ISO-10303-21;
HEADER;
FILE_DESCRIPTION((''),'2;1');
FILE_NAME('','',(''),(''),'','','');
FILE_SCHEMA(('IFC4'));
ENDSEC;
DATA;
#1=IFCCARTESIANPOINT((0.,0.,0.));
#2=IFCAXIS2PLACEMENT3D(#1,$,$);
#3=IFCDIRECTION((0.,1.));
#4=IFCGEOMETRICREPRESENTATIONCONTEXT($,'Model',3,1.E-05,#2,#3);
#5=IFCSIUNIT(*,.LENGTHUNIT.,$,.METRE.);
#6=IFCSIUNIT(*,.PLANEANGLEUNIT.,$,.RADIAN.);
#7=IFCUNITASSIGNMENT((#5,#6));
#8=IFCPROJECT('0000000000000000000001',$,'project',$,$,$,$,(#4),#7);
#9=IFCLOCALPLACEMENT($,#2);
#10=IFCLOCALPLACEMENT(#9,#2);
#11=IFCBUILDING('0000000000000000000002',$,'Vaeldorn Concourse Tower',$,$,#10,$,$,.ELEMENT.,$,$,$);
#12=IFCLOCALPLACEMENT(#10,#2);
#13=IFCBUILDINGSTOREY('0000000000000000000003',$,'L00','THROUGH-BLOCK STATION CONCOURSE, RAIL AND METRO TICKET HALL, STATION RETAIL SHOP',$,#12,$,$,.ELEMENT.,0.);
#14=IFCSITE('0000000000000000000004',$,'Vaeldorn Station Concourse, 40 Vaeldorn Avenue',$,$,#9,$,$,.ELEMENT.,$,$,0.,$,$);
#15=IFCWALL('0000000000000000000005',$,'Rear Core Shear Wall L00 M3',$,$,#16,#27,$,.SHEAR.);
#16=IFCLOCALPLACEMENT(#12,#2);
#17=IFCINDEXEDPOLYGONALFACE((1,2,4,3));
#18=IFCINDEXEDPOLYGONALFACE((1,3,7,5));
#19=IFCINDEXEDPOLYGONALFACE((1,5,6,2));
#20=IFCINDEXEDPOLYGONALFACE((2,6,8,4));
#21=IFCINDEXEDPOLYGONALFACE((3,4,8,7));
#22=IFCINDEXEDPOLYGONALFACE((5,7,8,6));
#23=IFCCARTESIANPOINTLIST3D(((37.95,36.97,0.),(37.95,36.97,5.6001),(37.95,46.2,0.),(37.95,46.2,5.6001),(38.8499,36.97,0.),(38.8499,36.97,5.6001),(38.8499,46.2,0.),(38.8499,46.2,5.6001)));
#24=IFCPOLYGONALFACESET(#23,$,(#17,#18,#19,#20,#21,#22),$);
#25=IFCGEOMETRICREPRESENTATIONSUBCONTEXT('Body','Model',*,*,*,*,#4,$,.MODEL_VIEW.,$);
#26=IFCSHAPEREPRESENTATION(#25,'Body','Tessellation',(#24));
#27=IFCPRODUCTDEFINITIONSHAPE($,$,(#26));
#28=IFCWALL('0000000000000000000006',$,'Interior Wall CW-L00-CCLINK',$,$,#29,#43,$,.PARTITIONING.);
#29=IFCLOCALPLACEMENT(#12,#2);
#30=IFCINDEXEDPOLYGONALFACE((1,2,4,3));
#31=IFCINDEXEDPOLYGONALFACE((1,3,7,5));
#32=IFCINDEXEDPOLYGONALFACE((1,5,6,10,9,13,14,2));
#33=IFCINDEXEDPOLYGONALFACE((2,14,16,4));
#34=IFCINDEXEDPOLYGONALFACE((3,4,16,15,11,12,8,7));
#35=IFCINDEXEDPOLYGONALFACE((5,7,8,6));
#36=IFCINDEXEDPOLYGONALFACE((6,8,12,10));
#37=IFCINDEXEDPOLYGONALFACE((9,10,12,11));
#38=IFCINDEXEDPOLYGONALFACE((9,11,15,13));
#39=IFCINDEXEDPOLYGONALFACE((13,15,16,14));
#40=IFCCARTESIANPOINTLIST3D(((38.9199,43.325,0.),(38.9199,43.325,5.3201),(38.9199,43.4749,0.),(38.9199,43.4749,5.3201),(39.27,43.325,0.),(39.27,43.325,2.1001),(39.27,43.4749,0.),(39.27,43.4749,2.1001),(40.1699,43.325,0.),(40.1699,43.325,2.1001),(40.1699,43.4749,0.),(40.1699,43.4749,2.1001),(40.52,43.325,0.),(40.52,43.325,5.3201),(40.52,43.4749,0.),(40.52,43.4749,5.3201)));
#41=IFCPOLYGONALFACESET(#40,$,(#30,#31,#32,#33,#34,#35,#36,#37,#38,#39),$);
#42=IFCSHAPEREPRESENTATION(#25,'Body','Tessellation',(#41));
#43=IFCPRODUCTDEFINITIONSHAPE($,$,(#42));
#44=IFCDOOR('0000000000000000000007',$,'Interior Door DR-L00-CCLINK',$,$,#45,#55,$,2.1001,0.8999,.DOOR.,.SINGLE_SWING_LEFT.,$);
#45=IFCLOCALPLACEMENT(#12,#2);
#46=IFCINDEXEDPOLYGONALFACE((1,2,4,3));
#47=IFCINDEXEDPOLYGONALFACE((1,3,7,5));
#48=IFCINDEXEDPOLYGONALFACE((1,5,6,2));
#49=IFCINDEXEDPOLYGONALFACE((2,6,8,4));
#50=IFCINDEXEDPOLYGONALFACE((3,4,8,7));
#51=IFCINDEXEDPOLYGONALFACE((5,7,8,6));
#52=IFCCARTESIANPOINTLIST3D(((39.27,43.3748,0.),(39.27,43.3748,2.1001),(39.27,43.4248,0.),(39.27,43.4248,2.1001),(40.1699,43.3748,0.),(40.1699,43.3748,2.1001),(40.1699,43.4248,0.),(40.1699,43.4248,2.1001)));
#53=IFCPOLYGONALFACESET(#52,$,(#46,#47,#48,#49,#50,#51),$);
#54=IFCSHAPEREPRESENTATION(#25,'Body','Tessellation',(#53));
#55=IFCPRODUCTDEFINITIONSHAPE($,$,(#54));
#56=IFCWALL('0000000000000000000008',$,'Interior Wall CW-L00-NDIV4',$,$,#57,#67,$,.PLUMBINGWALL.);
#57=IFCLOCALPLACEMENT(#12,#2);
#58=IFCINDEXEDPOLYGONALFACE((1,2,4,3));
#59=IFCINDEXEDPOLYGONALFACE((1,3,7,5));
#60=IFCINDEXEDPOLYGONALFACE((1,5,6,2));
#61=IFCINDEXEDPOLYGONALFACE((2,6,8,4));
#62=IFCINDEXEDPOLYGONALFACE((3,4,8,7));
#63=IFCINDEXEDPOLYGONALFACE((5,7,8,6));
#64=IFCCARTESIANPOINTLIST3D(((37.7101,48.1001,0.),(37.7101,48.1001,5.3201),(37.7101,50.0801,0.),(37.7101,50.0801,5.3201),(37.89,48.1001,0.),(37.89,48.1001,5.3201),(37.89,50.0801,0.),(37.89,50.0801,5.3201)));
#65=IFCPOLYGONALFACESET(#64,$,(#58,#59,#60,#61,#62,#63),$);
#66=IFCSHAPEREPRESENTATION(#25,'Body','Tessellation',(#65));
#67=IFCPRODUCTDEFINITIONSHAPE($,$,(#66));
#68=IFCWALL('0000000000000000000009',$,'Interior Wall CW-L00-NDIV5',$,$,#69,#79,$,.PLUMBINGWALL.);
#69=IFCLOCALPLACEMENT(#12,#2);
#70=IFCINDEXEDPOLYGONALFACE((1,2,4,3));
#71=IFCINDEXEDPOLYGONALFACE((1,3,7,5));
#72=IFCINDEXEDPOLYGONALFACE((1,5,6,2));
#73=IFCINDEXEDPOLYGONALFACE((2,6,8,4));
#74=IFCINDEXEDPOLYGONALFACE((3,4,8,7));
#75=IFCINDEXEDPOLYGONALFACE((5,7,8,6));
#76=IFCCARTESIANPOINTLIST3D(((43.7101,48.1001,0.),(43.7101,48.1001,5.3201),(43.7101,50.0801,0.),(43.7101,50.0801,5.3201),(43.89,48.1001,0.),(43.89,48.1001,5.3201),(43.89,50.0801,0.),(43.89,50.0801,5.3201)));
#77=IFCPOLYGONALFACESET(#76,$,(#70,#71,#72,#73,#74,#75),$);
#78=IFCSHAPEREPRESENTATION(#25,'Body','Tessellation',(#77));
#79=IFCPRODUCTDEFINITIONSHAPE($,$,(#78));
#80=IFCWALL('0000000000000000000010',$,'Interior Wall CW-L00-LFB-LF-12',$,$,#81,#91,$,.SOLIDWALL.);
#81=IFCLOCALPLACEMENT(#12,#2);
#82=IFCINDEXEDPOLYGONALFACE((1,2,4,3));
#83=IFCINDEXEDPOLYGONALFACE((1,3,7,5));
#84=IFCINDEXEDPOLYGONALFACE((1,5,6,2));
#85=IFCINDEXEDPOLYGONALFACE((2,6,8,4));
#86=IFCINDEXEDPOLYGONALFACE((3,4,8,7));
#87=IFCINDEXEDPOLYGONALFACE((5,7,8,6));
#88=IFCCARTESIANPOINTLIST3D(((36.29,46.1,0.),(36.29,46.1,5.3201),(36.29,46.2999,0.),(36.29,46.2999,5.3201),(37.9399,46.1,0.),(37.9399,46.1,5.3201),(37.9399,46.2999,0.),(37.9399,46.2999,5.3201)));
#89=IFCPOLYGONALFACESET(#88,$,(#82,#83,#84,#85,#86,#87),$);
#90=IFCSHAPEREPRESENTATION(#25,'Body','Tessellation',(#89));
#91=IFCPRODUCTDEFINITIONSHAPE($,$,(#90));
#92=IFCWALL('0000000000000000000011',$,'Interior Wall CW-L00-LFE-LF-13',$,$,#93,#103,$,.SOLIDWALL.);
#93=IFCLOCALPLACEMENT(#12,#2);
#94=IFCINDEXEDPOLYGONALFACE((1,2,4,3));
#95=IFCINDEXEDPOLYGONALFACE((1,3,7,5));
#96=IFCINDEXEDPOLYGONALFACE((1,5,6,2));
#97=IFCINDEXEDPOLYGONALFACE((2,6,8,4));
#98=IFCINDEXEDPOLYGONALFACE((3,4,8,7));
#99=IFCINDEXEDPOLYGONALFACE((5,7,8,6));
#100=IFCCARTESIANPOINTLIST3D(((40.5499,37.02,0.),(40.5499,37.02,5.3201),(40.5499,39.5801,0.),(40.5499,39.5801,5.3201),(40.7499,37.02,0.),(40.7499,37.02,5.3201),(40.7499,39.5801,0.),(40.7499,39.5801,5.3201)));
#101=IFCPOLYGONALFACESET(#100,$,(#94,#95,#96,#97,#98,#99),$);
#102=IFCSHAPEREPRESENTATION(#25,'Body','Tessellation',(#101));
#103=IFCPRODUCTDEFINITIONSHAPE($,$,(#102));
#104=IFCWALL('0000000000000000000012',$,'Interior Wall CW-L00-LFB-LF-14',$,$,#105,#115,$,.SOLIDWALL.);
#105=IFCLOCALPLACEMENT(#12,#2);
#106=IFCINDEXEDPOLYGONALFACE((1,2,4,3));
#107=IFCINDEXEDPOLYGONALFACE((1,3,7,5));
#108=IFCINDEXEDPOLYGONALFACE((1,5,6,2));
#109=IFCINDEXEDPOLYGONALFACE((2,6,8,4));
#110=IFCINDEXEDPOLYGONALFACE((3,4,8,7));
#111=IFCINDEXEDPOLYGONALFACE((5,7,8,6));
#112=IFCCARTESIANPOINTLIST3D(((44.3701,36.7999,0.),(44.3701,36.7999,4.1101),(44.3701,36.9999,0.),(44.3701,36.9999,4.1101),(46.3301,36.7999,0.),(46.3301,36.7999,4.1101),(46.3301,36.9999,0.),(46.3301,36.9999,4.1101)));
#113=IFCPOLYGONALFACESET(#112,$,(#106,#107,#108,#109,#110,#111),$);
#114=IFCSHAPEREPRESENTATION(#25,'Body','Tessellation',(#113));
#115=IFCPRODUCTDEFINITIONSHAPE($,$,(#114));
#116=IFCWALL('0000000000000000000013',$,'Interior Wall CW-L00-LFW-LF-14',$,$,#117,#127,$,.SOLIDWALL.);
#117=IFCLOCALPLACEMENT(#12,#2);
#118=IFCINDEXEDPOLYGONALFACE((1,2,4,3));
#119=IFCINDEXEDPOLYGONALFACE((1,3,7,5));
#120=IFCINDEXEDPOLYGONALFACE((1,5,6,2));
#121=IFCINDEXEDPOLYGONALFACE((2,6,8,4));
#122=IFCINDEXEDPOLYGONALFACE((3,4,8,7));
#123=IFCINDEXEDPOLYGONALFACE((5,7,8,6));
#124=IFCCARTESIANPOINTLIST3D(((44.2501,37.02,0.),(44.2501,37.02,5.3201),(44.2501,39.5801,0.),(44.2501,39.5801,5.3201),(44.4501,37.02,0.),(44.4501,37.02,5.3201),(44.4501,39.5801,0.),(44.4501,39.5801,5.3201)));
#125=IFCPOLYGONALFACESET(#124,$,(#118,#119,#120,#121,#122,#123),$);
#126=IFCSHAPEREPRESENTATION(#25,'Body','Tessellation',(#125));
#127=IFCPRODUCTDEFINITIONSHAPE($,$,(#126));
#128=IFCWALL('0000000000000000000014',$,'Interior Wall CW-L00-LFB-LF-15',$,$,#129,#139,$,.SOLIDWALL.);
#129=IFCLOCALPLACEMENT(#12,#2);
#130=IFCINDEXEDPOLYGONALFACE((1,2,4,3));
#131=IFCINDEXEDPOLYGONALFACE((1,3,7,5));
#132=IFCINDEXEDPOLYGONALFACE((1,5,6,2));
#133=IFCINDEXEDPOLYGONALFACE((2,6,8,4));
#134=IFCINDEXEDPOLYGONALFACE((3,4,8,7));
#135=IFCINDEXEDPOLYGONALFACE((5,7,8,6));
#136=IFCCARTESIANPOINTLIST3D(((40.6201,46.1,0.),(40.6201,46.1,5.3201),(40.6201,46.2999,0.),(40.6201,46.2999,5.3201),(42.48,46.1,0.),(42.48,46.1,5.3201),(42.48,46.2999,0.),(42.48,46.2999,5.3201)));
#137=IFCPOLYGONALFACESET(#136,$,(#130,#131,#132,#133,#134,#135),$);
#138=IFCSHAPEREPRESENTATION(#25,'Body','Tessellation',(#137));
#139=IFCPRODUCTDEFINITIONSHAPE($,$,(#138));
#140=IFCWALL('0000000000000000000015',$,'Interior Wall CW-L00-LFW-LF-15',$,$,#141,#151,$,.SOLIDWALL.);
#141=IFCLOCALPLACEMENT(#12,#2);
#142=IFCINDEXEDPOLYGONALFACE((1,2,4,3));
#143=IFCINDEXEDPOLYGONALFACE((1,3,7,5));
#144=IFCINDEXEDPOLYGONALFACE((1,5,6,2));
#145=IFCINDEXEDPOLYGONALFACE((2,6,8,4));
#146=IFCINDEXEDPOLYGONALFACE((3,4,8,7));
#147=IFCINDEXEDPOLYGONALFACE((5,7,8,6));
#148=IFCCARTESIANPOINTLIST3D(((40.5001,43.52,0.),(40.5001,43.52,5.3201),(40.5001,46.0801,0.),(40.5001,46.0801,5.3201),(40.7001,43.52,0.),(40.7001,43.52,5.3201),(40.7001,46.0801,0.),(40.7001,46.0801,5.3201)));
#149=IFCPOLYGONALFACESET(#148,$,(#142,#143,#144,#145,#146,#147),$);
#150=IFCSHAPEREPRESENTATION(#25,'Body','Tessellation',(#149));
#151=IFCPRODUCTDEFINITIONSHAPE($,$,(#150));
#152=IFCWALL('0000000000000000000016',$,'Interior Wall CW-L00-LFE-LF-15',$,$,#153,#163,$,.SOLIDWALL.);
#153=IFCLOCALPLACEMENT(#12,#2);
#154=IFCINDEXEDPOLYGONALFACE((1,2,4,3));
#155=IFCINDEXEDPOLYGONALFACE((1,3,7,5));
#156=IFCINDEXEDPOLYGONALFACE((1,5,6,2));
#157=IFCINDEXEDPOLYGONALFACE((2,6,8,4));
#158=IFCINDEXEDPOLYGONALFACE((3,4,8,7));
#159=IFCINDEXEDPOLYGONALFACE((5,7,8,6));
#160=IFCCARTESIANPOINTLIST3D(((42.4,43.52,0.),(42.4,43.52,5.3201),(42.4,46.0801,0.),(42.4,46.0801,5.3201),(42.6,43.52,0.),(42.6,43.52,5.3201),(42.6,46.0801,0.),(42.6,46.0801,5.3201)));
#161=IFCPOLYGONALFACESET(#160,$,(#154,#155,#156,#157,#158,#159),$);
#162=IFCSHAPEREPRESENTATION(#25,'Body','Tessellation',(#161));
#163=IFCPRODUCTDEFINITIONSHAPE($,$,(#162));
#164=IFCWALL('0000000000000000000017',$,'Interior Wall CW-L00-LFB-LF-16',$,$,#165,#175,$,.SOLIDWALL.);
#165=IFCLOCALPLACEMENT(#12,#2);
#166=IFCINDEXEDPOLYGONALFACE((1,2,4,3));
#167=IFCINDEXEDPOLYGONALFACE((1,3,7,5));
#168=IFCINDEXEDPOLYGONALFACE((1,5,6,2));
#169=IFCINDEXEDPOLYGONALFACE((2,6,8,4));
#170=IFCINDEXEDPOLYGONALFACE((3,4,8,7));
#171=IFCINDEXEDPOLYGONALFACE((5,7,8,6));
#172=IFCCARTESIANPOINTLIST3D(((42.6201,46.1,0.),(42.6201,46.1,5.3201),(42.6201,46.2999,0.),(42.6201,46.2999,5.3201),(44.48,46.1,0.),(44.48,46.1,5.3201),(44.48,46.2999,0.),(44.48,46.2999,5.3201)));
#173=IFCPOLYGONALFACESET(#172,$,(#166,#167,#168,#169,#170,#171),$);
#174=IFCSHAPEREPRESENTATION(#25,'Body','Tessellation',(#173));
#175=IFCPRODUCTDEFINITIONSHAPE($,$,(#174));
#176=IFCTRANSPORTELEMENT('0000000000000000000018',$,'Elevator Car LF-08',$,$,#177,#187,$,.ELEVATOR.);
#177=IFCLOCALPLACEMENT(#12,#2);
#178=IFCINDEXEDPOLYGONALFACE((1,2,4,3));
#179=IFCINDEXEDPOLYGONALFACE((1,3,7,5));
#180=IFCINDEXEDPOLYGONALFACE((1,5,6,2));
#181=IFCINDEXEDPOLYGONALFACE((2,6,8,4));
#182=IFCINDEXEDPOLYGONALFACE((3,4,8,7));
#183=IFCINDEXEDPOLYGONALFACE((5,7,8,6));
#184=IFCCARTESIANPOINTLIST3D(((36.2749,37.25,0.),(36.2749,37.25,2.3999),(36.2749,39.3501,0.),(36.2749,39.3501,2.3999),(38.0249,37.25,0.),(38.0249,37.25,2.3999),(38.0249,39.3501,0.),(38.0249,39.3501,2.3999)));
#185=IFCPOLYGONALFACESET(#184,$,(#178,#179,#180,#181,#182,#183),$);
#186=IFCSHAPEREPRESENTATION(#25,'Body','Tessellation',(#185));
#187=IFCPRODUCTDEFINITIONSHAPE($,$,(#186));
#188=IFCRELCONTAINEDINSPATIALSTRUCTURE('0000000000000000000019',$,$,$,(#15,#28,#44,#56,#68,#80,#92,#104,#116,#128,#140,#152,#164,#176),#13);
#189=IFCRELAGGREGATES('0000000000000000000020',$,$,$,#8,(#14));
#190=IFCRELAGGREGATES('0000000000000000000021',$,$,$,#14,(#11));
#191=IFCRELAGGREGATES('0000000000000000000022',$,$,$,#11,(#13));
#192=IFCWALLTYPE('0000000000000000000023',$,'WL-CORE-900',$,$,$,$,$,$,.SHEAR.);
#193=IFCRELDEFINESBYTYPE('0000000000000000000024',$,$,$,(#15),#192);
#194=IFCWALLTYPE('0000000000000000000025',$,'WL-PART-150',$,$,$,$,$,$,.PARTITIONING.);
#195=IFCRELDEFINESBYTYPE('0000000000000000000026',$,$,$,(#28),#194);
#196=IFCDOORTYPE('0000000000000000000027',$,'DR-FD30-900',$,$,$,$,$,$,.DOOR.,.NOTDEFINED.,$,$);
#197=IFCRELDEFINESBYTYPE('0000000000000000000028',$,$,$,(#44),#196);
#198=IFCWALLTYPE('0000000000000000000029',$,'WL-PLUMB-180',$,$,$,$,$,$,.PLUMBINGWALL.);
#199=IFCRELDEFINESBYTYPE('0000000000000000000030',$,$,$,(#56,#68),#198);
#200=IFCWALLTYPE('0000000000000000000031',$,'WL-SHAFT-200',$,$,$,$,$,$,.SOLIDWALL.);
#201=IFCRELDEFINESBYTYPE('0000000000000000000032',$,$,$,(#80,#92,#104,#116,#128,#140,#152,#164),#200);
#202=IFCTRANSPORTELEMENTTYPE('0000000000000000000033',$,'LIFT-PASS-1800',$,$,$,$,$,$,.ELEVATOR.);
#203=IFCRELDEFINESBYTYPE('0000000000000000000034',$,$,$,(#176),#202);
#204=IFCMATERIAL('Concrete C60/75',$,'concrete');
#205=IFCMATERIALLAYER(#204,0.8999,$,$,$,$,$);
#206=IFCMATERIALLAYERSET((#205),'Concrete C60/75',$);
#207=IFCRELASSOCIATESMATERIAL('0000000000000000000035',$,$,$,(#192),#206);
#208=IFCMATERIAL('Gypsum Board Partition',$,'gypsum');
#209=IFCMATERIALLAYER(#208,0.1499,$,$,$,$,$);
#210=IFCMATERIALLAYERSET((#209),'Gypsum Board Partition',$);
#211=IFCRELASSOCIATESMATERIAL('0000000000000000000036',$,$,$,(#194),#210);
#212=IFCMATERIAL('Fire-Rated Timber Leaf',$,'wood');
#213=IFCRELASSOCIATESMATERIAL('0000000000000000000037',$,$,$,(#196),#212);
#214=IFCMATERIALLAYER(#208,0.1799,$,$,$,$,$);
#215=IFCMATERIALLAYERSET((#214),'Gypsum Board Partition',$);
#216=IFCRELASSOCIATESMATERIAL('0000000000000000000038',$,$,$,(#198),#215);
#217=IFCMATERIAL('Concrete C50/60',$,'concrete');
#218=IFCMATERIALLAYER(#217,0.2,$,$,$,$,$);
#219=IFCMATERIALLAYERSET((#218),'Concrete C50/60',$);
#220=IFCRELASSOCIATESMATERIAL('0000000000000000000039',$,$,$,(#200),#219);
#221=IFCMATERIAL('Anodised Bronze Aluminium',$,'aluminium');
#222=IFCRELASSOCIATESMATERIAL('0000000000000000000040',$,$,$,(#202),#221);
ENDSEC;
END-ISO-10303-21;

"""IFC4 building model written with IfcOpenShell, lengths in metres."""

from ifc_helpers import new_model, si_unit, direction, frame, frame_2d, origin, origin_2d, place, context, subcontext, project, spatial, rectangle, extrude, source, transform, mapped, material, layer, layer_set, type_object, element, fill, save


model = new_model("IFC4")

# Units and contexts
model_context = context("Model", 3, precision=1e-05, world=origin(), true_north=direction((0.0, 1.0)))
body_context = subcontext(model_context, "Body", "Model", "MODEL_VIEW")
ifc_project = project(units=[si_unit("LENGTHUNIT", "METRE"), si_unit("PLANEANGLEUNIT", "RADIAN")], contexts=[model_context])

# Site, building, storey
site_placement = place(None, origin())
site = spatial("IfcSite", under=ifc_project, at=site_placement, Name="Vaeldorn Station Concourse, 40 Vaeldorn Avenue", CompositionType="ELEMENT", RefElevation=0.0)
building_placement = place(site_placement, origin())
building = spatial("IfcBuilding", under=site, at=building_placement, Name="Vaeldorn Concourse Tower", CompositionType="ELEMENT")
storey_placement = place(building_placement, origin())
storey = spatial("IfcBuildingStorey", under=building, at=storey_placement, Name="L00", Description="THROUGH-BLOCK STATION CONCOURSE, RAIL AND METRO TICKET HALL, STATION RETAIL SHOP", CompositionType="ELEMENT", Elevation=0.0)

# Wall
ifc_material_1 = material(Name="Concrete C60/75", Category="concrete")
ifc_layer_1 = layer(ifc_material_1, 0.8999)
ifc_layer_set_1 = layer_set([ifc_layer_1], Name="Concrete C60/75")
wall_type_1 = type_object("IfcWallType", Name="WL-CORE-900", PredefinedType="SHEAR", material=ifc_layer_set_1)
wall_1_placement = place(storey_placement, frame((38.3999, 36.97, 0.0), z_axis=(0.0, 0.0, 1.0), x_axis=(0.0, 1.0, 0.0)))
element("IfcWall", 1, at=wall_1_placement, inside=storey, type_object=wall_type_1, Name="Rear Core Shear Wall L00 M3", PredefinedType="SHEAR", context=body_context, shape_type="SweptSolid", body=[
    extrude(rectangle(XDim=9.23, YDim=0.8999, at=frame_2d((4.615, 0.0))), origin(), (0.0, 0.0, 1.0), 5.6001),
])

# Wall, opening, door
ifc_material_2 = material(Name="Gypsum Board Partition", Category="gypsum")
ifc_layer_2 = layer(ifc_material_2, 0.1499)
ifc_layer_set_2 = layer_set([ifc_layer_2], Name="Gypsum Board Partition")
wall_type_2 = type_object("IfcWallType", Name="WL-PART-150", PredefinedType="PARTITIONING", material=ifc_layer_set_2)
wall_2_placement = place(storey_placement, frame((38.9199, 43.3999, 0.0), z_axis=(0.0, 0.0, 1.0), x_axis=(1.0, 0.0, 0.0)))
wall_2 = element("IfcWall", 2, at=wall_2_placement, inside=storey, type_object=wall_type_2, Name="Interior Wall CW-L00-CCLINK", PredefinedType="PARTITIONING", context=body_context, shape_type="SweptSolid", body=[
    extrude(rectangle(XDim=1.6001, YDim=0.1499, at=frame_2d((0.8, 0.0))), origin(), (0.0, 0.0, 1.0), 5.3201),
])
opening_1_placement = place(wall_2_placement, frame((0.3501, 0.0, 0.0)))
opening_1 = element("IfcOpeningElement", 3, at=opening_1_placement, cuts=wall_2, PredefinedType="OPENING", context=body_context, shape_type="SweptSolid", body=[
    extrude(rectangle(XDim=0.8999, YDim=2.1001, at=frame_2d((0.45, 1.05))), frame((0.0, 0.085, 0.0), z_axis=(0.0, -1.0, 0.0), x_axis=(1.0, 0.0, 0.0)), (0.0, 0.0, 1.0), 0.1699),
])
ifc_material_3 = material(Name="Fire-Rated Timber Leaf", Category="wood")
door_type_1 = type_object("IfcDoorType", Name="DR-FD30-900", OperationType="NOTDEFINED", PredefinedType="DOOR", material=ifc_material_3)
shared_shape_1 = source(origin(), body_context, "Body", "SweptSolid", [
    extrude(rectangle(XDim=0.8999, YDim=2.1001, at=frame_2d((0.45, 1.05))), frame((0.0, 0.0249, 0.0), z_axis=(0.0, -1.0, 0.0), x_axis=(1.0, 0.0, 0.0)), (0.0, 0.0, 1.0), 0.05),
])
door_1_placement = place(opening_1_placement, origin())
door_1 = element("IfcDoor", 4, at=door_1_placement, inside=storey, type_object=door_type_1, Name="Interior Door DR-L00-CCLINK", OperationType="SINGLE_SWING_LEFT", OverallHeight=2.1001, OverallWidth=0.8999, PredefinedType="DOOR", context=body_context, shape_type="MappedRepresentation", body=[
    mapped(shared_shape_1, transform((0.0, 0.0, 0.0), scale=1.0)),
])
fill(opening_1, door_1)

# Walls
ifc_layer_3 = layer(ifc_material_2, 0.1799)
ifc_layer_set_3 = layer_set([ifc_layer_3], Name="Gypsum Board Partition")
wall_type_3 = type_object("IfcWallType", Name="WL-PLUMB-180", PredefinedType="PLUMBINGWALL", material=ifc_layer_set_3)
for number, where, z_axis, x_axis, name in (
    (5, (37.8, 48.1001, 0.0), (0.0, 0.0, 1.0), (0.0, 1.0, 0.0), "Interior Wall CW-L00-NDIV4"),
    (6, (43.8, 48.1001, 0.0), (0.0, 0.0, 1.0), (0.0, 1.0, 0.0), "Interior Wall CW-L00-NDIV5"),
):
    element("IfcWall", number, at=place(storey_placement, frame(where, z_axis=z_axis, x_axis=x_axis)), inside=storey, type_object=wall_type_3, Name=name, PredefinedType="PLUMBINGWALL", context=body_context, shape_type="SweptSolid", body=[
        extrude(rectangle(XDim=1.98, YDim=0.1799, at=frame_2d((0.99, 0.0))), origin(), (0.0, 0.0, 1.0), 5.3201),
    ])
ifc_material_4 = material(Name="Concrete C50/60", Category="concrete")
ifc_layer_4 = layer(ifc_material_4, 0.2)
ifc_layer_set_4 = layer_set([ifc_layer_4], Name="Concrete C50/60")
wall_type_4 = type_object("IfcWallType", Name="WL-SHAFT-200", PredefinedType="SOLIDWALL", material=ifc_layer_set_4)
wall_3_placement = place(storey_placement, frame((36.29, 46.2, 0.0), z_axis=(0.0, 0.0, 1.0), x_axis=(1.0, 0.0, 0.0)))
element("IfcWall", 7, at=wall_3_placement, inside=storey, type_object=wall_type_4, Name="Interior Wall CW-L00-LFB-LF-12", PredefinedType="SOLIDWALL", context=body_context, shape_type="SweptSolid", body=[
    extrude(rectangle(XDim=1.6499, YDim=0.2, at=frame_2d((0.825, 0.0))), origin(), (0.0, 0.0, 1.0), 5.3201),
])

# Shared definitions
ifc_material_5 = material(Name="Anodised Bronze Aluminium", Category="aluminium")

# Wall
wall_4_placement = place(storey_placement, frame((40.6499, 37.02, 0.0), z_axis=(0.0, 0.0, 1.0), x_axis=(0.0, 1.0, 0.0)))
element("IfcWall", 8, at=wall_4_placement, inside=storey, type_object=wall_type_4, Name="Interior Wall CW-L00-LFE-LF-13", PredefinedType="SOLIDWALL", context=body_context, shape_type="SweptSolid", body=[
    extrude(rectangle(XDim=2.5601, YDim=0.2, at=frame_2d((1.28, 0.0))), origin(), (0.0, 0.0, 1.0), 5.3201),
])

# Walls
wall_5_placement = place(storey_placement, frame((44.3701, 36.8999, 0.0), z_axis=(0.0, 0.0, 1.0), x_axis=(1.0, 0.0, 0.0)))
element("IfcWall", 9, at=wall_5_placement, inside=storey, type_object=wall_type_4, Name="Interior Wall CW-L00-LFB-LF-14", PredefinedType="SOLIDWALL", context=body_context, shape_type="SweptSolid", body=[
    extrude(rectangle(XDim=1.96, YDim=0.2, at=frame_2d((0.98, 0.0))), origin(), (0.0, 0.0, 1.0), 4.1101),
])
wall_6_placement = place(storey_placement, frame((44.3501, 37.02, 0.0), z_axis=(0.0, 0.0, 1.0), x_axis=(0.0, 1.0, 0.0)))
element("IfcWall", 10, at=wall_6_placement, inside=storey, type_object=wall_type_4, Name="Interior Wall CW-L00-LFW-LF-14", PredefinedType="SOLIDWALL", context=body_context, shape_type="SweptSolid", body=[
    extrude(rectangle(XDim=2.5601, YDim=0.2, at=frame_2d((1.28, 0.0))), origin(), (0.0, 0.0, 1.0), 5.3201),
])

# Walls
wall_7_placement = place(storey_placement, frame((40.6201, 46.2, 0.0), z_axis=(0.0, 0.0, 1.0), x_axis=(1.0, 0.0, 0.0)))
element("IfcWall", 11, at=wall_7_placement, inside=storey, type_object=wall_type_4, Name="Interior Wall CW-L00-LFB-LF-15", PredefinedType="SOLIDWALL", context=body_context, shape_type="SweptSolid", body=[
    extrude(rectangle(XDim=1.8599, YDim=0.2, at=frame_2d((0.9299, 0.0))), origin(), (0.0, 0.0, 1.0), 5.3201),
])
for number, where, z_axis, x_axis, name in (
    (12, (40.6001, 43.52, 0.0), (0.0, 0.0, 1.0), (0.0, 1.0, 0.0), "Interior Wall CW-L00-LFW-LF-15"),
    (13, (42.5, 43.52, 0.0), (0.0, 0.0, 1.0), (0.0, 1.0, 0.0), "Interior Wall CW-L00-LFE-LF-15"),
):
    element("IfcWall", number, at=place(storey_placement, frame(where, z_axis=z_axis, x_axis=x_axis)), inside=storey, type_object=wall_type_4, Name=name, PredefinedType="SOLIDWALL", context=body_context, shape_type="SweptSolid", body=[
        extrude(rectangle(XDim=2.5601, YDim=0.2, at=frame_2d((1.28, 0.0))), origin(), (0.0, 0.0, 1.0), 5.3201),
    ])

# Wall
wall_8_placement = place(storey_placement, frame((42.6201, 46.2, 0.0), z_axis=(0.0, 0.0, 1.0), x_axis=(1.0, 0.0, 0.0)))
element("IfcWall", 14, at=wall_8_placement, inside=storey, type_object=wall_type_4, Name="Interior Wall CW-L00-LFB-LF-16", PredefinedType="SOLIDWALL", context=body_context, shape_type="SweptSolid", body=[
    extrude(rectangle(XDim=1.8599, YDim=0.2, at=frame_2d((0.9299, 0.0))), origin(), (0.0, 0.0, 1.0), 5.3201),
])

# Transport element
transport_element_type = type_object("IfcTransportElementType", Name="LIFT-PASS-1800", PredefinedType="ELEVATOR", material=ifc_material_5)
shared_shape_2 = source(origin(), body_context, "Body", "SweptSolid", [
    extrude(rectangle(XDim=1.75, YDim=2.1001, at=origin_2d()), origin(), (0.0, 0.0, 1.0), 2.3999),
])
for number, where, z_axis, x_axis, name in (
    (15, (37.1499, 38.3, 0.0), (0.0, 0.0, 1.0), (1.0, 0.0, 0.0), "Elevator Car LF-08"),
):
    element("IfcTransportElement", number, at=place(storey_placement, frame(where, z_axis=z_axis, x_axis=x_axis)), inside=storey, type_object=transport_element_type, Name=name, PredefinedType="ELEVATOR", context=body_context, shape_type="MappedRepresentation", body=[
        mapped(shared_shape_2, transform((0.0, 0.0, 0.0), scale=1.0)),
    ])

save(model, "model.ifc")
